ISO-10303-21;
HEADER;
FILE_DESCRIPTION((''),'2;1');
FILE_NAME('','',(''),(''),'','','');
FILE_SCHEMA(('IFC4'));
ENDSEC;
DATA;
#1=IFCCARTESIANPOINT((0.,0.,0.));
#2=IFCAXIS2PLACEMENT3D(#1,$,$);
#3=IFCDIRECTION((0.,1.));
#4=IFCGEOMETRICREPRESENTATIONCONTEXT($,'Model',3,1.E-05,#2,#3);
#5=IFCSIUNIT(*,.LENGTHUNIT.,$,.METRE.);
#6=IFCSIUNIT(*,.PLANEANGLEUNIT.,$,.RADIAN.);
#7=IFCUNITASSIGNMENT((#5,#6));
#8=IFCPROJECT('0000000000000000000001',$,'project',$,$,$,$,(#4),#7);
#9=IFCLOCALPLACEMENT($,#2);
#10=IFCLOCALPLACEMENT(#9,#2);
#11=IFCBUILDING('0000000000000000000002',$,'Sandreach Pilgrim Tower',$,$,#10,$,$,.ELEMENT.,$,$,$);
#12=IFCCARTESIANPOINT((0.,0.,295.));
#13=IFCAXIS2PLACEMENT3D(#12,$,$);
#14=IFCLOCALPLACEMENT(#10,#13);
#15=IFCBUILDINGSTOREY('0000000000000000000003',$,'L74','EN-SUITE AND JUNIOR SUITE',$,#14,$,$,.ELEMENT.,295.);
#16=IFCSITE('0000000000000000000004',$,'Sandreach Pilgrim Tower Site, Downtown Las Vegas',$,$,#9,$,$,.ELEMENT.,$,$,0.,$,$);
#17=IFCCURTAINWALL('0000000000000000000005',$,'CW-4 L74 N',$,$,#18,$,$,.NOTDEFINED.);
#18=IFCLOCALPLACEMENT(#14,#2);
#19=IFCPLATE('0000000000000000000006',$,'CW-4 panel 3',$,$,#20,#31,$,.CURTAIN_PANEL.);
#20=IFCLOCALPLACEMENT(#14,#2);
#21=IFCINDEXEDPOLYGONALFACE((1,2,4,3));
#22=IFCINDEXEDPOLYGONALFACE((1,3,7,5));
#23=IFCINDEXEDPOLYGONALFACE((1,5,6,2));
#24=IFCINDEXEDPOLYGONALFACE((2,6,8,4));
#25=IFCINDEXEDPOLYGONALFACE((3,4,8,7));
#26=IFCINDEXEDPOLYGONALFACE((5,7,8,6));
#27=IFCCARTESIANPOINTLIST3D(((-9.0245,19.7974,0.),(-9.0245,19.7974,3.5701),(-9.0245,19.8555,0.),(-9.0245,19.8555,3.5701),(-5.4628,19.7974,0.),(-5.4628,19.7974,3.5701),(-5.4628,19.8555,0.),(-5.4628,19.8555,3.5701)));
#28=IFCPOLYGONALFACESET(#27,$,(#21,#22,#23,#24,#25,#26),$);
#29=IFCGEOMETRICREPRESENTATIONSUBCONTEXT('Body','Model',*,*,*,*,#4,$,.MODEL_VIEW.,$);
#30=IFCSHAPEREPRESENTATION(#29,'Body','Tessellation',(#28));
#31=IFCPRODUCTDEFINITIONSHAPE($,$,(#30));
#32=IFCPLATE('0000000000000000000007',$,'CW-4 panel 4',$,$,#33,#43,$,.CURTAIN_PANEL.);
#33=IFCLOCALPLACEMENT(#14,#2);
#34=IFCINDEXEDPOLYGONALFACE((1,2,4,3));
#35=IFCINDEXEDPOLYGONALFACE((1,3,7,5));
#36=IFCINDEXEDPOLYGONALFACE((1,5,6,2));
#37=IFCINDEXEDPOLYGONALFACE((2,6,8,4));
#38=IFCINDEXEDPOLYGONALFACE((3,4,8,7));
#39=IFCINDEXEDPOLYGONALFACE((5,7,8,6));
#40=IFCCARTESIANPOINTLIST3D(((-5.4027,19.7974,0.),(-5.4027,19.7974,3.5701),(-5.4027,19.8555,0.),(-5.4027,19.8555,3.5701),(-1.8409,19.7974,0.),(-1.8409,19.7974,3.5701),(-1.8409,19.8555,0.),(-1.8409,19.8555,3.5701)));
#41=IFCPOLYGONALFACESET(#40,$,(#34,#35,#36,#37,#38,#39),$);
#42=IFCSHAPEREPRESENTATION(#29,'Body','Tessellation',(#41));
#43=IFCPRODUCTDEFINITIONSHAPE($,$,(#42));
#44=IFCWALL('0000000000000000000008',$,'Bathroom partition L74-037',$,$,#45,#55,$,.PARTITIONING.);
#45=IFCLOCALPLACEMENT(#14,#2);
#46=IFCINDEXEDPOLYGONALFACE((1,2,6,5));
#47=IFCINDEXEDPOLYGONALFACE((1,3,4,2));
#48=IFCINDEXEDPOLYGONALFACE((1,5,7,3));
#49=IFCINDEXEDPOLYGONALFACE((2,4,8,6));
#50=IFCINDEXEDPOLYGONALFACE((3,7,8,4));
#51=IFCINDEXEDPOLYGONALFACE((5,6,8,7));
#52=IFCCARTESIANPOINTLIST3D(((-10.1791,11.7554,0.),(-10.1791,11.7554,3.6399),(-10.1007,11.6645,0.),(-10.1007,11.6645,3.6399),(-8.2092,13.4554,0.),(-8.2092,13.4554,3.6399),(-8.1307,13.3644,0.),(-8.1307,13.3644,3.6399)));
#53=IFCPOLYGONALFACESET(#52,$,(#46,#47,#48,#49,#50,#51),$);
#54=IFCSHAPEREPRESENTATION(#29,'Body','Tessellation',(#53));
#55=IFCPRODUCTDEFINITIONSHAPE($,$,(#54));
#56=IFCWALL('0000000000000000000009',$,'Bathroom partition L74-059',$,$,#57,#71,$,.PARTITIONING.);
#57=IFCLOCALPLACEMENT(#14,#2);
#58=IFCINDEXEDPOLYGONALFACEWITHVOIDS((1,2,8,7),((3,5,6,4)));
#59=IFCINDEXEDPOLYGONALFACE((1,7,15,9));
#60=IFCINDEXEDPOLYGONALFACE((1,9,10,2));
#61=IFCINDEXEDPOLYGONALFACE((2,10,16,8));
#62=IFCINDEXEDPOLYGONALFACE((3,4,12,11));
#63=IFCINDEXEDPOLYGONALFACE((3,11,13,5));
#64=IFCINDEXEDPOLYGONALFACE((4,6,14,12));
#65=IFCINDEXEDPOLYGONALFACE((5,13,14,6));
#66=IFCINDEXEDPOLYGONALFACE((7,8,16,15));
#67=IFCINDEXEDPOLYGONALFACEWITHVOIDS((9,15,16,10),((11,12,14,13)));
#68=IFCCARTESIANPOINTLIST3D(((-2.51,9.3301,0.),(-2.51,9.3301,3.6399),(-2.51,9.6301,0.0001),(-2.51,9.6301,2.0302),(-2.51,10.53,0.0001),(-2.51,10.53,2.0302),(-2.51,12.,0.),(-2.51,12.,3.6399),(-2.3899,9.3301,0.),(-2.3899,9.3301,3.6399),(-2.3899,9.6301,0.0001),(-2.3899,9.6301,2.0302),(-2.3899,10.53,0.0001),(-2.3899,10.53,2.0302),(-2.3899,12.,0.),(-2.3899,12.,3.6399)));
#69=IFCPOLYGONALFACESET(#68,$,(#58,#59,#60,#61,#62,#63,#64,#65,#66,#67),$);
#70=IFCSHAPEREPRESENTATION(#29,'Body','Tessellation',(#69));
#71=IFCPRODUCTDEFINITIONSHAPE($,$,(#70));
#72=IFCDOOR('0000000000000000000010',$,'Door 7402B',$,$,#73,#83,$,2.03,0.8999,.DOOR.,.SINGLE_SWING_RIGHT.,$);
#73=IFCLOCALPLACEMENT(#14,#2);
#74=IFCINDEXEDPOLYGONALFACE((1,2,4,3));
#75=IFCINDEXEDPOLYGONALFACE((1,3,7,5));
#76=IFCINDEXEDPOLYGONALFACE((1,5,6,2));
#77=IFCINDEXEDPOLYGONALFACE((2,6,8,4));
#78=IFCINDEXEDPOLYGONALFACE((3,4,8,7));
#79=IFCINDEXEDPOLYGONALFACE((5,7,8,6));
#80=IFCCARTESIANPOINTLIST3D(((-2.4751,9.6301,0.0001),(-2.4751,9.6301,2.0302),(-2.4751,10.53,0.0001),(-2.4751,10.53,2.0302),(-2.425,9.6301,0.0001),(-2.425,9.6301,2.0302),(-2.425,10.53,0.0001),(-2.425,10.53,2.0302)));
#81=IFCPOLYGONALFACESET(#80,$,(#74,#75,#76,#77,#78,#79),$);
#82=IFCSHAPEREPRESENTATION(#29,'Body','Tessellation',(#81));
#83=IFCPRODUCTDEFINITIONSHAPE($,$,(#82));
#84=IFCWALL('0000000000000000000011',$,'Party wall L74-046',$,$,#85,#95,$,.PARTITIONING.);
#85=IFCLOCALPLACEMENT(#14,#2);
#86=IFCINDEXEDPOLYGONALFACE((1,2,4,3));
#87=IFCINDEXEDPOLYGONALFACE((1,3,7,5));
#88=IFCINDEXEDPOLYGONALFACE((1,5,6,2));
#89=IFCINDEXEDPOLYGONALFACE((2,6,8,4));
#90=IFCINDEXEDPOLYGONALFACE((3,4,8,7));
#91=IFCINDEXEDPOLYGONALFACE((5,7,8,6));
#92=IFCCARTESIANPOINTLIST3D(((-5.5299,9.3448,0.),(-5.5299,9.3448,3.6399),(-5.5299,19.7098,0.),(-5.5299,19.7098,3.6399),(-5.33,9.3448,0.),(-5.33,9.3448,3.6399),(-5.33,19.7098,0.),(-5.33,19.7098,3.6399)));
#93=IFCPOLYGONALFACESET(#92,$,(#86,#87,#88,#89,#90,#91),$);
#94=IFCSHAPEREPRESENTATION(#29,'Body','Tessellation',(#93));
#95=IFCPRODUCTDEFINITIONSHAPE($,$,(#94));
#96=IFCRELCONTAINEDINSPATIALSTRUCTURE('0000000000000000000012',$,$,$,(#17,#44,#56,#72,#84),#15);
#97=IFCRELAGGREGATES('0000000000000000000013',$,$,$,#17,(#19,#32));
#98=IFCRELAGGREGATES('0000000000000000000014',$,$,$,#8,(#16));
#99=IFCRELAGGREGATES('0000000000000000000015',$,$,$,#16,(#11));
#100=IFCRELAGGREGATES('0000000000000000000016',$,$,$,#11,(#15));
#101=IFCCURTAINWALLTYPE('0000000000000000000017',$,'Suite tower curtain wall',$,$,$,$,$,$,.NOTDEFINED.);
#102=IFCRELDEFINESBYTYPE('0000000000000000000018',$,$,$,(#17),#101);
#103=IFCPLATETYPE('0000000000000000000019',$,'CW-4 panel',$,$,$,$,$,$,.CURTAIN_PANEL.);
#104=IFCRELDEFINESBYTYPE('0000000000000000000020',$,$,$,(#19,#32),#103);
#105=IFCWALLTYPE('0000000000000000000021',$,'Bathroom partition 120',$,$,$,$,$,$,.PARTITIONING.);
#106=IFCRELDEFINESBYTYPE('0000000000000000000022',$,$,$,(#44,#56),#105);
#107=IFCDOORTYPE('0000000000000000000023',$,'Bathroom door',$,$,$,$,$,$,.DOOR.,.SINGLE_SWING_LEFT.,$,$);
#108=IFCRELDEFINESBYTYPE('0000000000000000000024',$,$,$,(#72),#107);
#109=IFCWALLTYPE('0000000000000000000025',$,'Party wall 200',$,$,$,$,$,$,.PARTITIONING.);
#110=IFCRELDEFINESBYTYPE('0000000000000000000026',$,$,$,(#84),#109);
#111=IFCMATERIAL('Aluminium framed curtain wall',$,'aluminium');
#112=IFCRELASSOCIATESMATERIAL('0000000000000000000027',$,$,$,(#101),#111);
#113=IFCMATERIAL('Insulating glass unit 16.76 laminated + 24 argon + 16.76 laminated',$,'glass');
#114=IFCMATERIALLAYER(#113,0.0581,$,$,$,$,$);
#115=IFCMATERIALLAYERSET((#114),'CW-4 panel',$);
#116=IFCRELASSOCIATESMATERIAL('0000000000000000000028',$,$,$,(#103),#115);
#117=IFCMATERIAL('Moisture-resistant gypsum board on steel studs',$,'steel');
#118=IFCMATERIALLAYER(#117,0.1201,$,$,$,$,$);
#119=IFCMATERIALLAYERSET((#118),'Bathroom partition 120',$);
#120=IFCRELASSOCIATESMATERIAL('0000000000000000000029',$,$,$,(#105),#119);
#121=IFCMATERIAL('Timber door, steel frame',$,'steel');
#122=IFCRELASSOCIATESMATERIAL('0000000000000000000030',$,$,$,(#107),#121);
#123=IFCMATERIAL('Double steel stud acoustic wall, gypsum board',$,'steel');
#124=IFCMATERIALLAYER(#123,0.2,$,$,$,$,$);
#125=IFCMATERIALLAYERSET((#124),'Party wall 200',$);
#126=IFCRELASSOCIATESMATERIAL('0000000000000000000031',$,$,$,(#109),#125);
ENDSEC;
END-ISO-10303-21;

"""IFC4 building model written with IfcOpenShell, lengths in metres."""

from ifc_helpers import new_model, si_unit, direction, frame, frame_2d, origin, origin_2d, place, context, subcontext, project, spatial, rectangle, extrude, material, layer, layer_set, type_object, element, fill, aggregate, save


model = new_model("IFC4")

# Units and contexts
model_context = context("Model", 3, precision=1e-05, world=origin(), true_north=direction((0.0, 1.0)))
body_context = subcontext(model_context, "Body", "Model", "MODEL_VIEW")
ifc_project = project(units=[si_unit("LENGTHUNIT", "METRE"), si_unit("PLANEANGLEUNIT", "RADIAN")], contexts=[model_context])

# Site, building, storey
site_placement = place(None, origin())
site = spatial("IfcSite", under=ifc_project, at=site_placement, Name="Sandreach Pilgrim Tower Site, Downtown Las Vegas", CompositionType="ELEMENT", RefElevation=0.0)
building_placement = place(site_placement, origin())
building = spatial("IfcBuilding", under=site, at=building_placement, Name="Sandreach Pilgrim Tower", CompositionType="ELEMENT")
storey_placement = place(building_placement, frame((0.0, 0.0, 295.0)))
storey = spatial("IfcBuildingStorey", under=building, at=storey_placement, Name="L74", Description="EN-SUITE AND JUNIOR SUITE", CompositionType="ELEMENT", Elevation=295.0)

# Curtain wall
ifc_material_1 = material(Name="Aluminium framed curtain wall", Category="aluminium")
curtain_wall_type = type_object("IfcCurtainWallType", Name="Suite tower curtain wall", PredefinedType="NOTDEFINED", material=ifc_material_1)
curtain_wall_placement = place(storey_placement, origin())
curtain_wall = element("IfcCurtainWall", 1, at=curtain_wall_placement, inside=storey, type_object=curtain_wall_type, Name="CW-4 L74 N", PredefinedType="NOTDEFINED")

# Plates
ifc_material_2 = material(Name="Insulating glass unit 16.76 laminated + 24 argon + 16.76 laminated", Category="glass")
ifc_layer_1 = layer(ifc_material_2, 0.0581)
ifc_layer_set_1 = layer_set([ifc_layer_1], Name="CW-4 panel")
plate_type = type_object("IfcPlateType", Name="CW-4 panel", PredefinedType="CURTAIN_PANEL", material=ifc_layer_set_1)
plate_1_placement = place(storey_placement, frame((-7.2437, 19.8264, 0.0), z_axis=(0.0, 0.0, 1.0), x_axis=(1.0, 0.0, 0.0)))
plate_1 = element("IfcPlate", 2, at=plate_1_placement, type_object=plate_type, Name="CW-4 panel 3", PredefinedType="CURTAIN_PANEL", context=body_context, shape_type="SweptSolid", body=[
    extrude(rectangle(XDim=3.5618, YDim=0.0581, at=origin_2d()), origin(), (0.0, 0.0, 1.0), 3.5701),
])
plate_2_placement = place(storey_placement, frame((-3.6218, 19.8264, 0.0), z_axis=(0.0, 0.0, 1.0), x_axis=(1.0, 0.0, 0.0)))
plate_2 = element("IfcPlate", 3, at=plate_2_placement, type_object=plate_type, Name="CW-4 panel 4", PredefinedType="CURTAIN_PANEL", context=body_context, shape_type="SweptSolid", body=[
    extrude(rectangle(XDim=3.5618, YDim=0.0581, at=origin_2d()), origin(), (0.0, 0.0, 1.0), 3.5701),
])
aggregate(curtain_wall, [plate_1, plate_2])

# Wall
ifc_material_3 = material(Name="Moisture-resistant gypsum board on steel studs", Category="steel")
ifc_layer_2 = layer(ifc_material_3, 0.1201)
ifc_layer_set_2 = layer_set([ifc_layer_2], Name="Bathroom partition 120")
wall_type_1 = type_object("IfcWallType", Name="Bathroom partition 120", PredefinedType="PARTITIONING", material=ifc_layer_set_2)
wall_1_placement = place(storey_placement, frame((-8.1699, 13.4099, 0.0), z_axis=(0.0, 0.0, 1.0), x_axis=(-0.757087, -0.653314, 0.0)))
element("IfcWall", 4, at=wall_1_placement, inside=storey, type_object=wall_type_1, Name="Bathroom partition L74-037", PredefinedType="PARTITIONING", context=body_context, shape_type="SweptSolid", body=[
    extrude(rectangle(XDim=2.6021, YDim=0.1201, at=frame_2d((1.301, 0.0))), origin(), (0.0, 0.0, 1.0), 3.6399),
])

# Wall, opening, door
wall_2_placement = place(storey_placement, frame((-2.45, 12.0, 0.0), z_axis=(0.0, 0.0, 1.0), x_axis=(0.0, -1.0, 0.0)))
wall_2 = element("IfcWall", 5, at=wall_2_placement, inside=storey, type_object=wall_type_1, Name="Bathroom partition L74-059", PredefinedType="PARTITIONING", context=body_context, shape_type="SweptSolid", body=[
    extrude(rectangle(XDim=2.6699, YDim=0.1201, at=frame_2d((1.335, 0.0))), origin(), (0.0, 0.0, 1.0), 3.6399),
])
opening_placement = place(wall_2_placement, frame((1.47, 0.0, 0.0)))
opening = element("IfcOpeningElement", 6, at=opening_placement, cuts=wall_2, PredefinedType="OPENING", context=body_context, shape_type="SweptSolid", body=[
    extrude(rectangle(XDim=0.8999, YDim=2.03, at=frame_2d((0.45, 1.0151))), frame((0.0, 0.0601, 0.0), z_axis=(0.0, -1.0, 0.0), x_axis=(1.0, 0.0, 0.0)), (0.0, 0.0, 1.0), 0.1201),
])
ifc_material_4 = material(Name="Timber door, steel frame", Category="steel")
door_type = type_object("IfcDoorType", Name="Bathroom door", OperationType="SINGLE_SWING_LEFT", PredefinedType="DOOR", material=ifc_material_4)
door_placement = place(opening_placement, origin())
door = element("IfcDoor", 7, at=door_placement, inside=storey, type_object=door_type, Name="Door 7402B", OperationType="SINGLE_SWING_RIGHT", OverallHeight=2.03, OverallWidth=0.8999, PredefinedType="DOOR", context=body_context, shape_type="SweptSolid", body=[
    extrude(rectangle(XDim=0.8999, YDim=2.03, at=frame_2d((0.45, 1.0151))), frame((0.0, 0.0249, 0.0), z_axis=(0.0, -1.0, 0.0), x_axis=(1.0, 0.0, 0.0)), (0.0, 0.0, 1.0), 0.05),
])
fill(opening, door)

# Wall
ifc_material_5 = material(Name="Double steel stud acoustic wall, gypsum board", Category="steel")
ifc_layer_3 = layer(ifc_material_5, 0.2)
ifc_layer_set_3 = layer_set([ifc_layer_3], Name="Party wall 200")
wall_type_2 = type_object("IfcWallType", Name="Party wall 200", PredefinedType="PARTITIONING", material=ifc_layer_set_3)
wall_3_placement = place(storey_placement, frame((-5.4299, 19.71, 0.0), z_axis=(0.0, 0.0, 1.0), x_axis=(0.0, -1.0, 0.0)))
element("IfcWall", 8, at=wall_3_placement, inside=storey, type_object=wall_type_2, Name="Party wall L74-046", PredefinedType="PARTITIONING", context=body_context, shape_type="SweptSolid", body=[
    extrude(rectangle(XDim=10.365, YDim=0.2, at=frame_2d((5.1826, 0.0))), origin(), (0.0, 0.0, 1.0), 3.6399),
])

save(model, "model.ifc")
